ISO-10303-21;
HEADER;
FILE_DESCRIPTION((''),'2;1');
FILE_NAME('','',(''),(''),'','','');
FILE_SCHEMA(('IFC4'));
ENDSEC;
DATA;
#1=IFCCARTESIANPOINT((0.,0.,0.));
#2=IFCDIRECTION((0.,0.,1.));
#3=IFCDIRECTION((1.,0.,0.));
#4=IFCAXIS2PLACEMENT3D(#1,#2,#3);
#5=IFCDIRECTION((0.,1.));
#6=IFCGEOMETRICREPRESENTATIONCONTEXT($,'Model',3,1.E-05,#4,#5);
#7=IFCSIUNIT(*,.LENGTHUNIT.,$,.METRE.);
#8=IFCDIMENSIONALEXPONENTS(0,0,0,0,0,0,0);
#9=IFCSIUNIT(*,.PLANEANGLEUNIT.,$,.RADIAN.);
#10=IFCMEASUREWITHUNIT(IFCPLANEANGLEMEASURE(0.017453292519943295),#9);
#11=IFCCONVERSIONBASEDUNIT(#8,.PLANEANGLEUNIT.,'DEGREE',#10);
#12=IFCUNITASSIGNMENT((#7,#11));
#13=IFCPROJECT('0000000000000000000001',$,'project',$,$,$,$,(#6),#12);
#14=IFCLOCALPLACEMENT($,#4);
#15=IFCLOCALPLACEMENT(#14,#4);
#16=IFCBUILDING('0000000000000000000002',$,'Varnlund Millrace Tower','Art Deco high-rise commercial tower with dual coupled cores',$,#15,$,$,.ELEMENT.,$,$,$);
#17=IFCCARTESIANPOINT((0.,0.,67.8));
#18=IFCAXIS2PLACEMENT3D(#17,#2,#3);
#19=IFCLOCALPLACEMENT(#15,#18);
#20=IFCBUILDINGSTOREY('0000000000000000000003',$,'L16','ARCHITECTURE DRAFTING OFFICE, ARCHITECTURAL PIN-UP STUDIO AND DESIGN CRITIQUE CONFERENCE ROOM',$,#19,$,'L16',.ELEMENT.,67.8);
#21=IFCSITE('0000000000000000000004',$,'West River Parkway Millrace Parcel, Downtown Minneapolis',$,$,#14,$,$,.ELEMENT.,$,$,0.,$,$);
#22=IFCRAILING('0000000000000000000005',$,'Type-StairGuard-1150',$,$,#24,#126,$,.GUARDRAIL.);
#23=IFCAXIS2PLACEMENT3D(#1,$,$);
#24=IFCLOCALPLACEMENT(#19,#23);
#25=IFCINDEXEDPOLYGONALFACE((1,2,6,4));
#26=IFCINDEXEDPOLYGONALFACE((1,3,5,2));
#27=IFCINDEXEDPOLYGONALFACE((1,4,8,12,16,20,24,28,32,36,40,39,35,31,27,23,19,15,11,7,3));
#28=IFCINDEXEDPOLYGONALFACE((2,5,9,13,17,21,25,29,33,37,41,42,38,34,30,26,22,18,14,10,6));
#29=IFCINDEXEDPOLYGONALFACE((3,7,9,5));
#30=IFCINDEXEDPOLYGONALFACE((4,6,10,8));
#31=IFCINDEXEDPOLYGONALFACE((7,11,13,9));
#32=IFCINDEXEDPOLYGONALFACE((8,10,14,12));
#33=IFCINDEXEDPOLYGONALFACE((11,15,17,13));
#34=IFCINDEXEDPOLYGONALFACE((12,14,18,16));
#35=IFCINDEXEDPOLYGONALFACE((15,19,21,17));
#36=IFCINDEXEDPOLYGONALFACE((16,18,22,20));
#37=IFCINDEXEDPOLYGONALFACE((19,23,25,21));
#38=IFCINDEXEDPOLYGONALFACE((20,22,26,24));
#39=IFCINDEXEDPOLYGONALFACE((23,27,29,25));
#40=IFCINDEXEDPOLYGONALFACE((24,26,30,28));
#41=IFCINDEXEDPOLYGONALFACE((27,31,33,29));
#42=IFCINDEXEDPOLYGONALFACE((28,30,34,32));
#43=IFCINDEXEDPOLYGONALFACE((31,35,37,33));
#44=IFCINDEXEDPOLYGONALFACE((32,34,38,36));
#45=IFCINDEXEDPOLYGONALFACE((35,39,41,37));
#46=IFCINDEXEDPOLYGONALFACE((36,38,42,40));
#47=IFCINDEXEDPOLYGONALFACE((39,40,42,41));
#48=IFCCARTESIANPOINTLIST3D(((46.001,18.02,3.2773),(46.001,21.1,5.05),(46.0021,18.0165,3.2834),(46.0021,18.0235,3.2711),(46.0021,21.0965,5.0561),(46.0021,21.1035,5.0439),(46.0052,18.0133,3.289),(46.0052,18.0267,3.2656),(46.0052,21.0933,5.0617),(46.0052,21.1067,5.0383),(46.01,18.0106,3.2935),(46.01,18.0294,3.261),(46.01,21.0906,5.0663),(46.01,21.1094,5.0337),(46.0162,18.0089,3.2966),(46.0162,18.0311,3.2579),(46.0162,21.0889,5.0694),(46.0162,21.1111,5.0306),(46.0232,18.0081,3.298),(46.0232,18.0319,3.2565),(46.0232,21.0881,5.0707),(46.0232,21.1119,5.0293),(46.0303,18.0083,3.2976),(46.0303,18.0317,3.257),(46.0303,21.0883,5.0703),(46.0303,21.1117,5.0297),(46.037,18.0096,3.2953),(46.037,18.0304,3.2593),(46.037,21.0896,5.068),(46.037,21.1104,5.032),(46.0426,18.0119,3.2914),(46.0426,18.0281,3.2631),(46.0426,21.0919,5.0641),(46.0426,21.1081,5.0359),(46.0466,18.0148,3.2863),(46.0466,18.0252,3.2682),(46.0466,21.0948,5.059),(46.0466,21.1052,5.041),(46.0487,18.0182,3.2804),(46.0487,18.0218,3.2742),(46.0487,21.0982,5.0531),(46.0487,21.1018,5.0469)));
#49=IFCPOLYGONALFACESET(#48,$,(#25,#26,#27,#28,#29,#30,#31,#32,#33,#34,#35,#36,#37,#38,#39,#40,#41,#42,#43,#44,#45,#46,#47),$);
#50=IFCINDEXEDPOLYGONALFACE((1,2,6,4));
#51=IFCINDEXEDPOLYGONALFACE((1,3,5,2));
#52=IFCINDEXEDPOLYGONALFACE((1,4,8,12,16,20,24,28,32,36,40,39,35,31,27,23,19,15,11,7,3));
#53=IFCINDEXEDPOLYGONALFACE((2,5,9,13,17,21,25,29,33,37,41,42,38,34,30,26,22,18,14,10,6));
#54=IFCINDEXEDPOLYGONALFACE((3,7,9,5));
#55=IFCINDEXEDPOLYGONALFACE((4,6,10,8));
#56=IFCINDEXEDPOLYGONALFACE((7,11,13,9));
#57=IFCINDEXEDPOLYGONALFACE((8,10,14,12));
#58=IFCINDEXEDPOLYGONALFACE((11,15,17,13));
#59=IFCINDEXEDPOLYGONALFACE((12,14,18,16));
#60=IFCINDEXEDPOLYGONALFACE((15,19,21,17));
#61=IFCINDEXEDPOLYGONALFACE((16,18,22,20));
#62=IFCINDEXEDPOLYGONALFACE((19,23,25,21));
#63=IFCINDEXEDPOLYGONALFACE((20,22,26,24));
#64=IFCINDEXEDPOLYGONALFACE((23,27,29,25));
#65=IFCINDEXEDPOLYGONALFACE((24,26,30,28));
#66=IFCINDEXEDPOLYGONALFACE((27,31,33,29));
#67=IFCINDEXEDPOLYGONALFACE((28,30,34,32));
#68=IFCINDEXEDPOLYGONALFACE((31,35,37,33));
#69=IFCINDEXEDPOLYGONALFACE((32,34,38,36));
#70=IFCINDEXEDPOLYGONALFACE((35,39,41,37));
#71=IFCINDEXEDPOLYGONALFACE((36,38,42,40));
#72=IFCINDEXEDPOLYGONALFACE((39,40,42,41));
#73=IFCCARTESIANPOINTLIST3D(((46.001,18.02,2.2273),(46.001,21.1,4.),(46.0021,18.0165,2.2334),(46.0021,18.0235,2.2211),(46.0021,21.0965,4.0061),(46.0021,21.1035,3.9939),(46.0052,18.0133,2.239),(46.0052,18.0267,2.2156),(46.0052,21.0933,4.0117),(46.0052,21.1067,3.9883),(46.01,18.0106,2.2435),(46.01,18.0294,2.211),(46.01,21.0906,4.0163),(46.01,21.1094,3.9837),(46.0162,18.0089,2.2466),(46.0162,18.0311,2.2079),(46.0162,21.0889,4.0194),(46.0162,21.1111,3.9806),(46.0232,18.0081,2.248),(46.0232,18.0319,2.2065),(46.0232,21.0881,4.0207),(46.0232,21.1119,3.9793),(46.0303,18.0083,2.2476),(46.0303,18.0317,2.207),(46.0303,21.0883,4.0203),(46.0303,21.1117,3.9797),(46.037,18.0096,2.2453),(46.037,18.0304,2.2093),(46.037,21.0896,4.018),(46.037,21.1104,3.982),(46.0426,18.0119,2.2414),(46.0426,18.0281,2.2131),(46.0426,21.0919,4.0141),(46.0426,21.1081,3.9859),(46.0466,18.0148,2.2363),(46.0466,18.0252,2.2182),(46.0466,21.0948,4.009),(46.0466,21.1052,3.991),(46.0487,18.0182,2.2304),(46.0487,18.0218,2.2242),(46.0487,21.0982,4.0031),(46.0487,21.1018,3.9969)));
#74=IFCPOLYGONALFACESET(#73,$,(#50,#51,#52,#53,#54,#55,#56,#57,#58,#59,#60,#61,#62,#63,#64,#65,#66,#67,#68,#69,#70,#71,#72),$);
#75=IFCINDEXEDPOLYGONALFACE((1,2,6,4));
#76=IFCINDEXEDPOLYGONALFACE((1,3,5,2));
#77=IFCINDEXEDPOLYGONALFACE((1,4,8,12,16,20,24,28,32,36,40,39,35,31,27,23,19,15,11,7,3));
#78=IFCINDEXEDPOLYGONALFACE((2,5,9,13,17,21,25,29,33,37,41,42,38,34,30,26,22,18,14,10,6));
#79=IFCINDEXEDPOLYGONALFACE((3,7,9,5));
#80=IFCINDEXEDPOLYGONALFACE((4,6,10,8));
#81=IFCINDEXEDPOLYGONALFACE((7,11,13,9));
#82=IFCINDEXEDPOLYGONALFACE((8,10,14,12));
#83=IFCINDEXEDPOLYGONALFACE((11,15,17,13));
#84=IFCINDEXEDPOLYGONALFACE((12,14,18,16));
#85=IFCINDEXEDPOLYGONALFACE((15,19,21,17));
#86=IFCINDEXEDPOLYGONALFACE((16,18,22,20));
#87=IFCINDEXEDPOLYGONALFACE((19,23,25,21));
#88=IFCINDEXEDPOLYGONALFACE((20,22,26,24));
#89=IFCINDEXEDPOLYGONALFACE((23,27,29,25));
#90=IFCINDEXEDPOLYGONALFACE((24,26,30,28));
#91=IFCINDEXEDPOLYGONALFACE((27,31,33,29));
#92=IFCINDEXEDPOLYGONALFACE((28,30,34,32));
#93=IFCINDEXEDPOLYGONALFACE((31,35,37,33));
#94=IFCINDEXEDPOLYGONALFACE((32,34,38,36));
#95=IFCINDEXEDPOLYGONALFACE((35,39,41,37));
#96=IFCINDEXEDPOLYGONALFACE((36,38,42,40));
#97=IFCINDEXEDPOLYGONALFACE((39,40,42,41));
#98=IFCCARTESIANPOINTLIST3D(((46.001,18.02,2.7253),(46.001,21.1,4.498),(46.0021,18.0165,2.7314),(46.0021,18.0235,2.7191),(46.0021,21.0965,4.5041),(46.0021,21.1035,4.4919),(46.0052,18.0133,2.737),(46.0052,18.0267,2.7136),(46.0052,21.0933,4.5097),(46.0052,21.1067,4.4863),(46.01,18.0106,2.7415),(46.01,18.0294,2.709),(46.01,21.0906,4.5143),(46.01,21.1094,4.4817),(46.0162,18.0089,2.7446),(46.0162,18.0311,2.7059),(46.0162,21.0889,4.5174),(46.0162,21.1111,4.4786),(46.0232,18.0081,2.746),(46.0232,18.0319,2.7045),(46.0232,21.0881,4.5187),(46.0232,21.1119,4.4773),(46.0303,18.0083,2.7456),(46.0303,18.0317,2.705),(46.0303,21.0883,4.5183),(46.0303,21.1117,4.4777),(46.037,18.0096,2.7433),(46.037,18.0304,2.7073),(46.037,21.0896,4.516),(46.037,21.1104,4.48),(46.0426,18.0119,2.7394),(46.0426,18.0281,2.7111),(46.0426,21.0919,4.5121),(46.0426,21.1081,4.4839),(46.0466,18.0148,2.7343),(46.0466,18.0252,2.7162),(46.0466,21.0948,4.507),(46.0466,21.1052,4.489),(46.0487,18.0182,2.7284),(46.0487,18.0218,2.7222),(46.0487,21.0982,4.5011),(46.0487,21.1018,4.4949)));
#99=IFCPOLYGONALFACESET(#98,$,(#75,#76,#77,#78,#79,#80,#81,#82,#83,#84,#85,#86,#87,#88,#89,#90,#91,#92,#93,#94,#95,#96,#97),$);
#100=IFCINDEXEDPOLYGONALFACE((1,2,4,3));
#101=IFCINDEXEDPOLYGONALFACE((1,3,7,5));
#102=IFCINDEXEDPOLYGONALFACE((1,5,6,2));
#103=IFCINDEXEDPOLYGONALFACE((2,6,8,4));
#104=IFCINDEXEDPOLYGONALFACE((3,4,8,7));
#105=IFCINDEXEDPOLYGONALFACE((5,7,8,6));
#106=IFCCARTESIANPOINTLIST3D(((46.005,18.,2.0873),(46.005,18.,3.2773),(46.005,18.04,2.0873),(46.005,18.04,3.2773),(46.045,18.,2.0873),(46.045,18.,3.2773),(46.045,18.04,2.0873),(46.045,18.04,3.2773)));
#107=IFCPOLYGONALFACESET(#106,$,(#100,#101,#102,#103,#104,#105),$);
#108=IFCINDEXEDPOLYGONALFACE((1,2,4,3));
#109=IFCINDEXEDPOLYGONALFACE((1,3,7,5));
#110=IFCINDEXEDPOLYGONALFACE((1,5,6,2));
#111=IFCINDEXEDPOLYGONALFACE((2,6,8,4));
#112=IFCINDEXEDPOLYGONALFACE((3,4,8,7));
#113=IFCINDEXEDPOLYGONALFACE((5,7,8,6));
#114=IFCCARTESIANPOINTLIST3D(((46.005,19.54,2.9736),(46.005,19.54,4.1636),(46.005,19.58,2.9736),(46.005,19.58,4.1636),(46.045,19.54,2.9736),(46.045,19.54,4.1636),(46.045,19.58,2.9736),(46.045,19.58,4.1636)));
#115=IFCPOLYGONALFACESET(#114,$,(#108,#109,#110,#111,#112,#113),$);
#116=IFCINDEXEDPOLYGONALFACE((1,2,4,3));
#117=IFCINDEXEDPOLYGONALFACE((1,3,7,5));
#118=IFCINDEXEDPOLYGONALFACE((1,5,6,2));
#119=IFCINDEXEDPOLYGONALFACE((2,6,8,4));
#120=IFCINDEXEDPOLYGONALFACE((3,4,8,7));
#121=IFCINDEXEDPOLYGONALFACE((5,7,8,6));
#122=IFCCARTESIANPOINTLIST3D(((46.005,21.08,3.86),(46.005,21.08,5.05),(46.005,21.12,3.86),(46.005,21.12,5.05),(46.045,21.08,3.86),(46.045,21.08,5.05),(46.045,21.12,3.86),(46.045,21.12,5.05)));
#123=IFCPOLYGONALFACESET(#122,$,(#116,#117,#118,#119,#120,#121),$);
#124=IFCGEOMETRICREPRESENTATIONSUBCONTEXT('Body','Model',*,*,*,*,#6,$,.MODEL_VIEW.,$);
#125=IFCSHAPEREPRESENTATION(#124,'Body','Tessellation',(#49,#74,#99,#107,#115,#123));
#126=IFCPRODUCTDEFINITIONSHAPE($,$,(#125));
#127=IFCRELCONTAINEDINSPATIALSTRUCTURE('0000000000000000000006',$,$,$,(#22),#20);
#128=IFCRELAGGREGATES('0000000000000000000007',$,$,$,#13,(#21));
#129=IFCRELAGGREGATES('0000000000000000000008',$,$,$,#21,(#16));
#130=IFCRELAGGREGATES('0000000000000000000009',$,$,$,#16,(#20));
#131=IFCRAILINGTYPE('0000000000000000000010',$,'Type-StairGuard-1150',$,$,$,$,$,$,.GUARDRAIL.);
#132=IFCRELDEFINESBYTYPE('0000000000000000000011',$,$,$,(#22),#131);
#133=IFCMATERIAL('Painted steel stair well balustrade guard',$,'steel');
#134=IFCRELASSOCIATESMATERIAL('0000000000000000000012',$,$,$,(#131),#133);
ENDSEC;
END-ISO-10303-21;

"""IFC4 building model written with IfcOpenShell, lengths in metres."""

from ifc_helpers import new_model, entity, si_unit, converted_unit, direction, frame, origin_with_axes, origin_2d_with_axis, place, context, subcontext, project, spatial, rectangle, circle, extrude, material, type_object, element, save


model = new_model("IFC4")

# Units and contexts
model_context = context("Model", 3, precision=1e-05, world=origin_with_axes(), true_north=direction((0.0, 1.0)))
body_context = subcontext(model_context, "Body", "Model", "MODEL_VIEW")
ifc_project = project(units=[si_unit("LENGTHUNIT", "METRE"), converted_unit("PLANEANGLEUNIT", "DEGREE", entity("IfcPlaneAngleMeasure", 0.017453292519943295), si_unit("PLANEANGLEUNIT", "RADIAN"), dimensions=[0, 0, 0, 0, 0, 0, 0])], contexts=[model_context])

# Site, building, storey
site_placement = place(None, origin_with_axes())
site = spatial("IfcSite", under=ifc_project, at=site_placement, Name="West River Parkway Millrace Parcel, Downtown Minneapolis", CompositionType="ELEMENT", RefElevation=0.0)
building_placement = place(site_placement, origin_with_axes())
building = spatial("IfcBuilding", under=site, at=building_placement, Name="Varnlund Millrace Tower", Description="Art Deco high-rise commercial tower with dual coupled cores", CompositionType="ELEMENT")
storey_placement = place(building_placement, frame((0.0, 0.0, 67.8), z_axis=(0.0, 0.0, 1.0), x_axis=(1.0, 0.0, 0.0)))
storey = spatial("IfcBuildingStorey", under=building, at=storey_placement, Name="L16", Description="ARCHITECTURE DRAFTING OFFICE, ARCHITECTURAL PIN-UP STUDIO AND DESIGN CRITIQUE CONFERENCE ROOM", LongName="L16", CompositionType="ELEMENT", Elevation=67.8)

# Railing
ifc_material_1 = material(Name="Painted steel stair well balustrade guard", Category="steel")
railing_type_1 = type_object("IfcRailingType", Name="Type-StairGuard-1150", PredefinedType="GUARDRAIL", material=ifc_material_1)
railing_1_placement = place(storey_placement, frame((0.0, 0.0, -67.8), z_axis=(0.0, 0.0, 1.0), x_axis=(1.0, 0.0, 0.0)))
element("IfcRailing", 1, at=railing_1_placement, inside=storey, type_object=railing_type_1, Name="Type-StairGuard-1150", PredefinedType="GUARDRAIL", context=body_context, shape_type="SweptSolid", body=[
    extrude(circle(Radius=0.024, at=origin_2d_with_axis()), frame((46.025, 18.02, 71.0773), z_axis=(0.0, 0.866696, 0.498836), x_axis=(-1.0, 0.0, 0.0)), (0.0, 0.0, 1.0), 3.5537),
    extrude(circle(Radius=0.024, at=origin_2d_with_axis()), frame((46.025, 18.02, 70.0273), z_axis=(0.0, 0.866696, 0.498836), x_axis=(-1.0, 0.0, 0.0)), (0.0, 0.0, 1.0), 3.5537),
    extrude(circle(Radius=0.024, at=origin_2d_with_axis()), frame((46.025, 18.02, 70.5253), z_axis=(0.0, 0.866696, 0.498836), x_axis=(-1.0, 0.0, 0.0)), (0.0, 0.0, 1.0), 3.5537),
    extrude(rectangle(XDim=0.04, YDim=0.04, at=origin_2d_with_axis()), frame((46.025, 18.02, 69.8873), z_axis=(0.0, 0.0, 1.0), x_axis=(1.0, 0.0, 0.0)), (0.0, 0.0, 1.0), 1.19),
    extrude(rectangle(XDim=0.04, YDim=0.04, at=origin_2d_with_axis()), frame((46.025, 19.56, 70.7736), z_axis=(0.0, 0.0, 1.0), x_axis=(1.0, 0.0, 0.0)), (0.0, 0.0, 1.0), 1.19),
    extrude(rectangle(XDim=0.04, YDim=0.04, at=origin_2d_with_axis()), frame((46.025, 21.1, 71.66), z_axis=(0.0, 0.0, 1.0), x_axis=(1.0, 0.0, 0.0)), (0.0, 0.0, 1.0), 1.19),
])

save(model, "model.ifc")
